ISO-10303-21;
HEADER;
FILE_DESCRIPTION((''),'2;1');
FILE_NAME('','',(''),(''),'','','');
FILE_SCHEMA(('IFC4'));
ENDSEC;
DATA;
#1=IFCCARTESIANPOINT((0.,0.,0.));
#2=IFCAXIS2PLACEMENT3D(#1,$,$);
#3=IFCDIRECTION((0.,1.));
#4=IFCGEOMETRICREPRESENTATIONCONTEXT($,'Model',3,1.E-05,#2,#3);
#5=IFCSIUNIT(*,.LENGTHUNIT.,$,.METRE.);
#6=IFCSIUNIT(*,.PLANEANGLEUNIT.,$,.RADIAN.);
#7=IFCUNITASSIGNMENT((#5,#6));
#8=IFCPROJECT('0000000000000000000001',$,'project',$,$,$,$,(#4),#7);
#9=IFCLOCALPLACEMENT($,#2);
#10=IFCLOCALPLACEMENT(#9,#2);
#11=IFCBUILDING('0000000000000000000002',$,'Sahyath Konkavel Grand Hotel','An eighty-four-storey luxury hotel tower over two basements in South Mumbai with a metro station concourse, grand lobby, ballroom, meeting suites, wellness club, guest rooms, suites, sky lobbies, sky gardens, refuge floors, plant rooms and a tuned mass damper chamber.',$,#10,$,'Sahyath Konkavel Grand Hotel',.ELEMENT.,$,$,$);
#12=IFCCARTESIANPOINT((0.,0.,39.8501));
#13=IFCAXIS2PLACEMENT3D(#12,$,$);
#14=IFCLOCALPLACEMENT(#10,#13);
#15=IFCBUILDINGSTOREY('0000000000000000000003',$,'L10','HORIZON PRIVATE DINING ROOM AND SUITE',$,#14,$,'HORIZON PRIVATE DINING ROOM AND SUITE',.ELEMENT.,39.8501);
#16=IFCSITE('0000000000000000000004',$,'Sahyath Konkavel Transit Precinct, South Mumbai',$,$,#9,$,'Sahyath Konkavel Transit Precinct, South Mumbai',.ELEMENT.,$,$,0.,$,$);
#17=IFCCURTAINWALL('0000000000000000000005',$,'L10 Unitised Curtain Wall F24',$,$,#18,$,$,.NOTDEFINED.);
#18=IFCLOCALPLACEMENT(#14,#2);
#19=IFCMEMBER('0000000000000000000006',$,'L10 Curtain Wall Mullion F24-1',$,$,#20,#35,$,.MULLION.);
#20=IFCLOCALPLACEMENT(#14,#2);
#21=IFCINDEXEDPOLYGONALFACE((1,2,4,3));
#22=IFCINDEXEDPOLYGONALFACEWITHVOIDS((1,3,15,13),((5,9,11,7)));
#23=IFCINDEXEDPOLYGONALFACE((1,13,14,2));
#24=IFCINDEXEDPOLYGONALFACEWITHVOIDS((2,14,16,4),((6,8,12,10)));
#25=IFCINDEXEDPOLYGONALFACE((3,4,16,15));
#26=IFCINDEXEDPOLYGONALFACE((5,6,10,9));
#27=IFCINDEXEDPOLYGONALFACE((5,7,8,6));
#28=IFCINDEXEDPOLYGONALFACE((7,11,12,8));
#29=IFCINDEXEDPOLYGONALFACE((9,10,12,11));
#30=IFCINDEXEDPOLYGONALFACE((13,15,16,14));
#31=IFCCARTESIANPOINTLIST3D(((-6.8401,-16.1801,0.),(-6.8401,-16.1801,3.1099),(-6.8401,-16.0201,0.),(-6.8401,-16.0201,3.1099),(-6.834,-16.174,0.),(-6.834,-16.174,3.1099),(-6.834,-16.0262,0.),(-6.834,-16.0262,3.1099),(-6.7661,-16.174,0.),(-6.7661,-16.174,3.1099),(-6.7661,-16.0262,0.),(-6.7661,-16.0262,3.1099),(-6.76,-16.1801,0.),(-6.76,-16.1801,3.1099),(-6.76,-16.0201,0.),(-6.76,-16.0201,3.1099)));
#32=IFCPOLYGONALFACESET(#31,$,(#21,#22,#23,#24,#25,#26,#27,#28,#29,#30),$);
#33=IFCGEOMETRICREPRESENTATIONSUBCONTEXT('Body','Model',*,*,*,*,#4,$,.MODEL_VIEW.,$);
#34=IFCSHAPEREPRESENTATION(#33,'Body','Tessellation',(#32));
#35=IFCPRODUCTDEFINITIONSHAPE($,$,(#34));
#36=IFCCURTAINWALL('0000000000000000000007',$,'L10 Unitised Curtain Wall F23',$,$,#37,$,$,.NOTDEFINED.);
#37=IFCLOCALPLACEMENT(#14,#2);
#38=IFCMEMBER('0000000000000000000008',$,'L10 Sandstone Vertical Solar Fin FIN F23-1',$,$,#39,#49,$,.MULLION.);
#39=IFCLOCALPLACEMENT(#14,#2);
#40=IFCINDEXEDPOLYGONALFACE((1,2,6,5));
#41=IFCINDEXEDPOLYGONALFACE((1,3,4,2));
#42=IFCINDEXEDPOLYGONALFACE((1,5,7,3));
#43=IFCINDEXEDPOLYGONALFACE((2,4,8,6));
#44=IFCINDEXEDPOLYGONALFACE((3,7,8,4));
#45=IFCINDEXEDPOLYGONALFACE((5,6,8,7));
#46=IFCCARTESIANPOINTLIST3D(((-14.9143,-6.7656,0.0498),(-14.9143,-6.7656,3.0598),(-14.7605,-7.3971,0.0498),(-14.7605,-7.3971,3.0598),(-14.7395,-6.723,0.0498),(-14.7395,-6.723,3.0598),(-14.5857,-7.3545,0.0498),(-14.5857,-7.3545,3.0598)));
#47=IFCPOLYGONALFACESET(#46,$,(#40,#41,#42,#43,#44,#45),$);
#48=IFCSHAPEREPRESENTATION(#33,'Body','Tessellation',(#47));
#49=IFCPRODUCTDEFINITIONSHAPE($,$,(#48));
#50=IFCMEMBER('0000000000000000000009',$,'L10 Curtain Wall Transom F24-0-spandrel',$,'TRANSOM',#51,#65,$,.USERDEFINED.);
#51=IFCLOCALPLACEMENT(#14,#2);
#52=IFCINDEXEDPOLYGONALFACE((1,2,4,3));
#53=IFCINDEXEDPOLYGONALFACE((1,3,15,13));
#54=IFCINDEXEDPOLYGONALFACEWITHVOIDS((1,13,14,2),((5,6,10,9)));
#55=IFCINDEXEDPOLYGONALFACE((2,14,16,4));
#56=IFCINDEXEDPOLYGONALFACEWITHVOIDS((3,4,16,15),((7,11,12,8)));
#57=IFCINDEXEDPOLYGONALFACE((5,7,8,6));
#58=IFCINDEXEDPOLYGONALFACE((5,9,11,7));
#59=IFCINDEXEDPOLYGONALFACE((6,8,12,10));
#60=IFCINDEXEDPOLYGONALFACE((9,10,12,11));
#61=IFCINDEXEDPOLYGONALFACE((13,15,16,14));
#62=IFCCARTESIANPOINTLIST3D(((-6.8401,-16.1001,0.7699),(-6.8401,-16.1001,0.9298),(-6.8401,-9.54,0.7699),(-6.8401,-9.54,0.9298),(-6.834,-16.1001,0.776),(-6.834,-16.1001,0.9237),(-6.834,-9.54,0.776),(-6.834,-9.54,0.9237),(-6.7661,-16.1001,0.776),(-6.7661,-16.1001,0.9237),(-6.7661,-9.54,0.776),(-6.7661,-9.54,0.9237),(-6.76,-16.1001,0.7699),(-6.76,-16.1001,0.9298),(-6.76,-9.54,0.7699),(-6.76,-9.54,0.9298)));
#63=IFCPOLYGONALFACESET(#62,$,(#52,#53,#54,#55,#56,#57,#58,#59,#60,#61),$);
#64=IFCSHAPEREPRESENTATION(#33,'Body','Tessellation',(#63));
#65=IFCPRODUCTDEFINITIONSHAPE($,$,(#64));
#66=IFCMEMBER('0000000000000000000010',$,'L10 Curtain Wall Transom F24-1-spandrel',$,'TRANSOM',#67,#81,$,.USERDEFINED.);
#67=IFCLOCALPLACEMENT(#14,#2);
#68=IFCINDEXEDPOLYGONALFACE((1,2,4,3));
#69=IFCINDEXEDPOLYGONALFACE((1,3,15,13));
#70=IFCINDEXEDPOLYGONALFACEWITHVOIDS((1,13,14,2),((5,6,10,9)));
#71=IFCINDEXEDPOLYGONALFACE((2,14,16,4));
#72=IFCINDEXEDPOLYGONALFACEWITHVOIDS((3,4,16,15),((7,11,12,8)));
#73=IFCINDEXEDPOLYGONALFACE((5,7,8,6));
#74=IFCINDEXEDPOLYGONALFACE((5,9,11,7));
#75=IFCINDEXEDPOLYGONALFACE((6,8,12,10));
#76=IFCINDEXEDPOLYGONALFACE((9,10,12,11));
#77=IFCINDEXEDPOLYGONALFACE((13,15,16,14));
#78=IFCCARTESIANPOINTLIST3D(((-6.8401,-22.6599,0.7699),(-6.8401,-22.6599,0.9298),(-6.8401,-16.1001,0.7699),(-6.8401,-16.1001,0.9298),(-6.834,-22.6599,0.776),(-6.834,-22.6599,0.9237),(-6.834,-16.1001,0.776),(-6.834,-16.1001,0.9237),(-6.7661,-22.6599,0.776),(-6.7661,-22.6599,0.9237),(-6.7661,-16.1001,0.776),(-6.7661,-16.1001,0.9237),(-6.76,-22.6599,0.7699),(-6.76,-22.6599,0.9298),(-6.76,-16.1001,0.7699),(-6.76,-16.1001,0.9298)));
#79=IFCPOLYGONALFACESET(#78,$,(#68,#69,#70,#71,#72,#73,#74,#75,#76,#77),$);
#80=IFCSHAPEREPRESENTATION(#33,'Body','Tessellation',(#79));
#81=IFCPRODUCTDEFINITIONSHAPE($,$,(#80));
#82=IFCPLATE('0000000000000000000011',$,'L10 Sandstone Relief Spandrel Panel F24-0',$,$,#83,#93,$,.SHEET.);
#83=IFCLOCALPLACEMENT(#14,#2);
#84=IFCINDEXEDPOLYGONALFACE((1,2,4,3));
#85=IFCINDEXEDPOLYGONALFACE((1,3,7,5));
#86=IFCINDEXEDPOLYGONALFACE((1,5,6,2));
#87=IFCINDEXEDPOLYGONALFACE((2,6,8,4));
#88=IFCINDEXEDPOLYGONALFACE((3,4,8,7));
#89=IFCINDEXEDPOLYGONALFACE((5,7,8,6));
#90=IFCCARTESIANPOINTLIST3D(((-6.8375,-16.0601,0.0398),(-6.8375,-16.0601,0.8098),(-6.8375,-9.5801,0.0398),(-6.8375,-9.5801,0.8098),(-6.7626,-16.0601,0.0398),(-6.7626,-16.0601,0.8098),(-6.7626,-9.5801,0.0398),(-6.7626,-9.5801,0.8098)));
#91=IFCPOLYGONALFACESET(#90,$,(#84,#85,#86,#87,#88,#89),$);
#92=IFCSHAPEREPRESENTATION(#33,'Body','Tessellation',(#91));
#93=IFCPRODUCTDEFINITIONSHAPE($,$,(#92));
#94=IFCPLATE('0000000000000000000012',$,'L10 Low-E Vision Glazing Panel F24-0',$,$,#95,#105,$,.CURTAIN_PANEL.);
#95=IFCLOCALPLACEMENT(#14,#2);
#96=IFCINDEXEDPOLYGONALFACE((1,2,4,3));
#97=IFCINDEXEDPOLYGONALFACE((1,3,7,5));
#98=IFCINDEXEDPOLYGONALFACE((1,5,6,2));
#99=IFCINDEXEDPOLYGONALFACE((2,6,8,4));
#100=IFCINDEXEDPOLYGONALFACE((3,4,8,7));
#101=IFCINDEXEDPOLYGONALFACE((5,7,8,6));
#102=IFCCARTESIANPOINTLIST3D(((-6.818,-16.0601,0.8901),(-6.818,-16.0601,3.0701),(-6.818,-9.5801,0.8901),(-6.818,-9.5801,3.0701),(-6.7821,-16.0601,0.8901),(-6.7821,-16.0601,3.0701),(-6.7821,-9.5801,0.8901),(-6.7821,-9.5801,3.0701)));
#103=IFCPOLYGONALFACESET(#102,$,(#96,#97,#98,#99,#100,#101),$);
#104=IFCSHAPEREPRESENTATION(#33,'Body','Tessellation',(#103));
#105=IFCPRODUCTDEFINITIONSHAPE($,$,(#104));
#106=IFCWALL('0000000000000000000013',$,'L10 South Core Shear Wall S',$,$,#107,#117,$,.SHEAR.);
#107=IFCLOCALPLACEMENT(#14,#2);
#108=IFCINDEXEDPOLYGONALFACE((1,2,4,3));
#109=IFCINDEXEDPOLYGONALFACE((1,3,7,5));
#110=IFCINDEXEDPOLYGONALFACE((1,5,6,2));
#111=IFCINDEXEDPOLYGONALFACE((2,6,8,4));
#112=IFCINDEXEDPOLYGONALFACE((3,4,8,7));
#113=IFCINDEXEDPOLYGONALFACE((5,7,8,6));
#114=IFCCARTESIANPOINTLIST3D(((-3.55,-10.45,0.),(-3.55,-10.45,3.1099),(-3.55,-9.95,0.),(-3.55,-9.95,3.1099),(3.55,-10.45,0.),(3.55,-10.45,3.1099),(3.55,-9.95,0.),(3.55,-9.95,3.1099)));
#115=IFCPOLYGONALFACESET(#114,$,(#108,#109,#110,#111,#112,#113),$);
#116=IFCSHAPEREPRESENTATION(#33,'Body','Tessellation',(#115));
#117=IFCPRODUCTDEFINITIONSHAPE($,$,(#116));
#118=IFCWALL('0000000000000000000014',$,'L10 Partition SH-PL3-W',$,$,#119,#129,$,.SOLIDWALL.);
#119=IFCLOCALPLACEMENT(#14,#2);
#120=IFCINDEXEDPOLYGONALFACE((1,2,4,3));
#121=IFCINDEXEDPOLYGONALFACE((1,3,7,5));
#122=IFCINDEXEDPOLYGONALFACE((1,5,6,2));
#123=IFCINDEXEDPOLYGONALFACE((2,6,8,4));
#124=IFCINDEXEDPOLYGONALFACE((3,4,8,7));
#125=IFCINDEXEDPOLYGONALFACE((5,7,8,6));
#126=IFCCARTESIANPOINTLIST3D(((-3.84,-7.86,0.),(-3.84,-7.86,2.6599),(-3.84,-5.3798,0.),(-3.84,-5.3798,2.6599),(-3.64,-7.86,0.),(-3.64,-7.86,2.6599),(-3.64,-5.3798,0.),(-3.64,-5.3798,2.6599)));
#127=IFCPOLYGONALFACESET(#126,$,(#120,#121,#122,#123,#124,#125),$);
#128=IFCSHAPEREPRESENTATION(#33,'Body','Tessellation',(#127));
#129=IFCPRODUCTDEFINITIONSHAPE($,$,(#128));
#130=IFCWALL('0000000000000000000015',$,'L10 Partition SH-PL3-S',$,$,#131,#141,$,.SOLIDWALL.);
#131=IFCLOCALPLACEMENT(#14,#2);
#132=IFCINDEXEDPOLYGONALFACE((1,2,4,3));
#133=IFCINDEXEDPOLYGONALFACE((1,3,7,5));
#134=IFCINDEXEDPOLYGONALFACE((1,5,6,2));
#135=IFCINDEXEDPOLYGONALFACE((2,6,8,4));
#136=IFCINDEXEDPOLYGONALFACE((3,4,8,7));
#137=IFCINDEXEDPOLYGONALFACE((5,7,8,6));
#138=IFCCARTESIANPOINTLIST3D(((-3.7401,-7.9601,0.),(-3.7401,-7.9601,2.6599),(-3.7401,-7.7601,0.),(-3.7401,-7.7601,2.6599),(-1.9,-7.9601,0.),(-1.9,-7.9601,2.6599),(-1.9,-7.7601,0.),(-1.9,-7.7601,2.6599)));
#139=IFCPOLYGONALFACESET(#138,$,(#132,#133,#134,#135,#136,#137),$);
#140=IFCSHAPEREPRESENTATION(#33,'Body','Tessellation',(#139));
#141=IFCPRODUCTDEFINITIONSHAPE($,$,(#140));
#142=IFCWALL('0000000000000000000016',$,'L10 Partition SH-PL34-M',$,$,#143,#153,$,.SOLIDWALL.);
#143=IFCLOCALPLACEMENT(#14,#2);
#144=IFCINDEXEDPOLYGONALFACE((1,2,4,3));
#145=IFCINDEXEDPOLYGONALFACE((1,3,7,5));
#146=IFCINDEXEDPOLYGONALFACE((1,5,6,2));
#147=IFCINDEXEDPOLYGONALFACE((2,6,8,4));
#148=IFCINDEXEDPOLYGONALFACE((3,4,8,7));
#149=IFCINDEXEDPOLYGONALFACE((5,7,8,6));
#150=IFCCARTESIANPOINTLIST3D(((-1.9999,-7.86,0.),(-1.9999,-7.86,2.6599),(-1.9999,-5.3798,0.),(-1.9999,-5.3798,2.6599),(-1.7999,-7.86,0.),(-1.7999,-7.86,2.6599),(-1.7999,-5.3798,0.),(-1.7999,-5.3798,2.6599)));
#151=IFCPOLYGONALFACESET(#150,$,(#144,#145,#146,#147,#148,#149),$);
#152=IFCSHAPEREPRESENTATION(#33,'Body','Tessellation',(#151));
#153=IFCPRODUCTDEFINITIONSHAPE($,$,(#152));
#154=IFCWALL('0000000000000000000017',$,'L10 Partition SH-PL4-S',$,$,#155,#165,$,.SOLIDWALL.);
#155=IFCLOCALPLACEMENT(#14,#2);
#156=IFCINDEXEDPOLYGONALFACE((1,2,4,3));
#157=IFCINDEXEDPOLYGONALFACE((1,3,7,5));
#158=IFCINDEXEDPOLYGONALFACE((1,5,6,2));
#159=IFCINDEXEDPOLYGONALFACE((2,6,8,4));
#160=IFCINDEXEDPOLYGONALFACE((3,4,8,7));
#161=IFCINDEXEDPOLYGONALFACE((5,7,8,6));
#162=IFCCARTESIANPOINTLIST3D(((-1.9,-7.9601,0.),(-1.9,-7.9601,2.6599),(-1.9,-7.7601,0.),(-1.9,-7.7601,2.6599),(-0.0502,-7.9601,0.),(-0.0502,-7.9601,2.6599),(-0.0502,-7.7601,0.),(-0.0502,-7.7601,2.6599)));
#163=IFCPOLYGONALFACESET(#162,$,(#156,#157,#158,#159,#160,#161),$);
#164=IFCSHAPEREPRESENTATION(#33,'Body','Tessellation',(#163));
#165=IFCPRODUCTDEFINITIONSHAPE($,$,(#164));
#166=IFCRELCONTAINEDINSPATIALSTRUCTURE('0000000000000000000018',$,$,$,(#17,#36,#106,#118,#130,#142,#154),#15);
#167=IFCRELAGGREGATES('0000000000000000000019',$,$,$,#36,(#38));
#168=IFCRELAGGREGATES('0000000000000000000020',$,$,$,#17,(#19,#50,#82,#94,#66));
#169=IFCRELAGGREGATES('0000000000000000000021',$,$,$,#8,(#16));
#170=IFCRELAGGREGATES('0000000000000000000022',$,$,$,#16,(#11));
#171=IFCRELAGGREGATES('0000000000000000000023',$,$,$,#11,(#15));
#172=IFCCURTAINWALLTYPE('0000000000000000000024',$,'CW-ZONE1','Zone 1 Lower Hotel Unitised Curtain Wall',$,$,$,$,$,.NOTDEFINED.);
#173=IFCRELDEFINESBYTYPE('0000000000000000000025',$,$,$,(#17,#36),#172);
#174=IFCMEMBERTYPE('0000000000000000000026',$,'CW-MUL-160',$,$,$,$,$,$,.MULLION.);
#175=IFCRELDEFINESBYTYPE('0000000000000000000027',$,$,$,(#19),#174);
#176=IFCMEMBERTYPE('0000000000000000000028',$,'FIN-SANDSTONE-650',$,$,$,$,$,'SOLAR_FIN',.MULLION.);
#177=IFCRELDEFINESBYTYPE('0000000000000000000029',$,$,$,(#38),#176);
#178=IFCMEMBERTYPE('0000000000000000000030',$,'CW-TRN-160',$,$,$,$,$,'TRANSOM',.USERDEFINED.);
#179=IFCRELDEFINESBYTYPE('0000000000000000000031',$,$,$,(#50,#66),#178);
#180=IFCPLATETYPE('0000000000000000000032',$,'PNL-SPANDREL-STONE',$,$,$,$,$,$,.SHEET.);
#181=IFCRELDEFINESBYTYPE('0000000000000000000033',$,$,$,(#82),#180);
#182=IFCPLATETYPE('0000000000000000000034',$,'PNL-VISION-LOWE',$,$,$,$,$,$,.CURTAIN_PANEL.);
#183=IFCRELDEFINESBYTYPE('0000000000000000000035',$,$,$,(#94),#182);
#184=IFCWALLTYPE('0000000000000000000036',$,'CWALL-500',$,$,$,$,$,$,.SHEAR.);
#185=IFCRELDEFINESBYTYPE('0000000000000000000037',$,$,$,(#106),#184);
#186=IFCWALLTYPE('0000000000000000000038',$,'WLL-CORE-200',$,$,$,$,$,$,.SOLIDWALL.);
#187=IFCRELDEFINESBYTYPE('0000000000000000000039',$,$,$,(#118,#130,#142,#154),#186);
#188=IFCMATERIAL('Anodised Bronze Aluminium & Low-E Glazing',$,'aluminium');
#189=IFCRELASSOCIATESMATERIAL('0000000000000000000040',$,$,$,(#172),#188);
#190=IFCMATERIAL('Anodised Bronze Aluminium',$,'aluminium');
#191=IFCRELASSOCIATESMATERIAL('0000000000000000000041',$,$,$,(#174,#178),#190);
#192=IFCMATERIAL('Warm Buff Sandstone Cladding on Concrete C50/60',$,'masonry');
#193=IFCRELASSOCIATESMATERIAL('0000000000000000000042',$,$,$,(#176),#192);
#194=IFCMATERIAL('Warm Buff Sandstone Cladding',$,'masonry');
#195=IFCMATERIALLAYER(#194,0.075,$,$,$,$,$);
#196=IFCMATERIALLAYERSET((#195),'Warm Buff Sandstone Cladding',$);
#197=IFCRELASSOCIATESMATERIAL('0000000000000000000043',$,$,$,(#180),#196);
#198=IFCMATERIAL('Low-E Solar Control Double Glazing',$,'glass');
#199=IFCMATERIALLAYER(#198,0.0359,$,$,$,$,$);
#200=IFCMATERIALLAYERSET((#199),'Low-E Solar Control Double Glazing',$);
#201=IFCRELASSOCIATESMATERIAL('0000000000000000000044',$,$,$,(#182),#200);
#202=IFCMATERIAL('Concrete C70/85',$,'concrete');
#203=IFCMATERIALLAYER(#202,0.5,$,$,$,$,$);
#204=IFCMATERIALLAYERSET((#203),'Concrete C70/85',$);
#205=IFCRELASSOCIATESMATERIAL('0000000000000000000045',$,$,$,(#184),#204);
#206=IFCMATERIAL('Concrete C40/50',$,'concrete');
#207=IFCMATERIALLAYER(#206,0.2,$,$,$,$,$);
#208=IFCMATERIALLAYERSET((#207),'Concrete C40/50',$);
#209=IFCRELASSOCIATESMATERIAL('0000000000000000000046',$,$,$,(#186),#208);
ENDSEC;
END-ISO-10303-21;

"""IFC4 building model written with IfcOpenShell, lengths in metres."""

from ifc_helpers import new_model, si_unit, direction, frame, frame_2d, origin, origin_2d, place, context, subcontext, project, spatial, rectangle, hollow_rectangle, extrude, source, transform, mapped, material, layer, layer_set, material_profile, profile_set, type_object, element, aggregate, save


model = new_model("IFC4")

# Units and contexts
model_context = context("Model", 3, precision=1e-05, world=origin(), true_north=direction((0.0, 1.0)))
body_context = subcontext(model_context, "Body", "Model", "MODEL_VIEW")
ifc_project = project(units=[si_unit("LENGTHUNIT", "METRE"), si_unit("PLANEANGLEUNIT", "RADIAN")], contexts=[model_context])

# Site, building, storey
site_placement = place(None, origin())
site = spatial("IfcSite", under=ifc_project, at=site_placement, Name="Sahyath Konkavel Transit Precinct, South Mumbai", LongName="Sahyath Konkavel Transit Precinct, South Mumbai", CompositionType="ELEMENT", RefElevation=0.0)
building_placement = place(site_placement, origin())
building = spatial("IfcBuilding", under=site, at=building_placement, Name="Sahyath Konkavel Grand Hotel", Description="An eighty-four-storey luxury hotel tower over two basements in South Mumbai with a metro station concourse, grand lobby, ballroom, meeting suites, wellness club, guest rooms, suites, sky lobbies, sky gardens, refuge floors, plant rooms and a tuned mass damper chamber.", LongName="Sahyath Konkavel Grand Hotel", CompositionType="ELEMENT")
storey_placement = place(building_placement, frame((0.0, 0.0, 39.8501)))
storey = spatial("IfcBuildingStorey", under=building, at=storey_placement, Name="L10", Description="HORIZON PRIVATE DINING ROOM AND SUITE", LongName="HORIZON PRIVATE DINING ROOM AND SUITE", CompositionType="ELEMENT", Elevation=39.8501)

# Shared definitions
ifc_material_1 = material(Name="Concrete C70/85", Category="concrete")

# Curtain wall, member
ifc_material_2 = material(Name="Anodised Bronze Aluminium & Low-E Glazing", Category="aluminium")
curtain_wall_type = type_object("IfcCurtainWallType", Name="CW-ZONE1", Description="Zone 1 Lower Hotel Unitised Curtain Wall", PredefinedType="NOTDEFINED", material=ifc_material_2)
curtain_wall_1_placement = place(storey_placement, origin())
curtain_wall_1 = element("IfcCurtainWall", 1, at=curtain_wall_1_placement, inside=storey, type_object=curtain_wall_type, Name="L10 Unitised Curtain Wall F24", PredefinedType="NOTDEFINED")
ifc_material_3 = material(Name="Anodised Bronze Aluminium", Category="aluminium")
ifc_material_profile_1 = material_profile(ifc_material_3, hollow_rectangle(XDim=0.0801, YDim=0.1599, WallThickness=0.0061, at=origin_2d()), Name="RHS 160x80x6")
ifc_profile_set_1 = profile_set([ifc_material_profile_1], Name="Anodised Bronze Aluminium")
member_type_1 = type_object("IfcMemberType", Name="CW-MUL-160", PredefinedType="MULLION", material=ifc_profile_set_1)
shared_shape_1 = source(origin(), body_context, "Body", "SweptSolid", [
    extrude(hollow_rectangle(XDim=0.0801, YDim=0.1599, WallThickness=0.0061, at=origin_2d()), origin(), (0.0, 0.0, 1.0), 3.1099),
])
member_1_placement = place(storey_placement, frame((-6.8, -16.1001, 0.0), z_axis=(0.0, 0.0, 1.0), x_axis=(1.0, 0.0, 0.0)))
member_1 = element("IfcMember", 2, at=member_1_placement, type_object=member_type_1, Name="L10 Curtain Wall Mullion F24-1", PredefinedType="MULLION", context=body_context, shape_type="MappedRepresentation", body=[
    mapped(shared_shape_1, transform((0.0, 0.0, 0.0), scale=1.0)),
])

# Curtain wall, member
curtain_wall_2_placement = place(storey_placement, origin())
curtain_wall_2 = element("IfcCurtainWall", 3, at=curtain_wall_2_placement, inside=storey, type_object=curtain_wall_type, Name="L10 Unitised Curtain Wall F23", PredefinedType="NOTDEFINED")
ifc_material_4 = material(Name="Warm Buff Sandstone Cladding on Concrete C50/60", Category="masonry")
ifc_material_profile_2 = material_profile(ifc_material_4, rectangle(XDim=0.1799, YDim=0.6499, at=origin_2d()), Name="FIN 180x650")
ifc_profile_set_2 = profile_set([ifc_material_profile_2], Name="Warm Buff Sandstone Cladding on Concrete C50/60")
member_type_2 = type_object("IfcMemberType", Name="FIN-SANDSTONE-650", ElementType="SOLAR_FIN", PredefinedType="MULLION", material=ifc_profile_set_2)
shared_shape_2 = source(origin(), body_context, "Body", "SweptSolid", [
    extrude(rectangle(XDim=0.1799, YDim=0.6499, at=origin_2d()), origin(), (0.0, 0.0, 1.0), 3.01),
])
member_2_placement = place(storey_placement, frame((-14.75, -7.0601, 0.0498), z_axis=(0.0, 0.0, 1.0), x_axis=(0.97159, 0.236669, 0.0)))
member_2 = element("IfcMember", 4, at=member_2_placement, type_object=member_type_2, Name="L10 Sandstone Vertical Solar Fin FIN F23-1", PredefinedType="MULLION", context=body_context, shape_type="MappedRepresentation", body=[
    mapped(shared_shape_2, transform((0.0, 0.0, 0.0), scale=1.0)),
])
aggregate(curtain_wall_2, [member_2])

# Members
ifc_material_profile_3 = material_profile(ifc_material_3, hollow_rectangle(XDim=0.0801, YDim=0.1599, WallThickness=0.0061, at=origin_2d()), Name="RHS 160x80x6")
ifc_profile_set_3 = profile_set([ifc_material_profile_3], Name="Anodised Bronze Aluminium")
member_type_3 = type_object("IfcMemberType", Name="CW-TRN-160", ElementType="TRANSOM", PredefinedType="USERDEFINED", material=ifc_profile_set_3)
shared_shape_3 = source(origin(), body_context, "Body", "SweptSolid", [
    extrude(hollow_rectangle(XDim=0.0801, YDim=0.1599, WallThickness=0.0061, at=origin_2d()), origin(), (0.0, 0.0, 1.0), 6.5601),
])
member_3_placement = place(storey_placement, frame((-6.8, -9.54, 0.8499), z_axis=(0.0, -1.0, 0.0), x_axis=(1.0, 0.0, 0.0)))
member_3 = element("IfcMember", 5, at=member_3_placement, type_object=member_type_3, Name="L10 Curtain Wall Transom F24-0-spandrel", ObjectType="TRANSOM", PredefinedType="USERDEFINED", context=body_context, shape_type="MappedRepresentation", body=[
    mapped(shared_shape_3, transform((0.0, 0.0, 0.0), scale=1.0)),
])
shared_shape_4 = source(origin(), body_context, "Body", "SweptSolid", [
    extrude(hollow_rectangle(XDim=0.0801, YDim=0.1599, WallThickness=0.0061, at=origin_2d()), origin(), (0.0, 0.0, 1.0), 6.5598),
])
member_4_placement = place(storey_placement, frame((-6.8, -16.1001, 0.8499), z_axis=(0.0, -1.0, 0.0), x_axis=(1.0, 0.0, 0.0)))
member_4 = element("IfcMember", 6, at=member_4_placement, type_object=member_type_3, Name="L10 Curtain Wall Transom F24-1-spandrel", ObjectType="TRANSOM", PredefinedType="USERDEFINED", context=body_context, shape_type="MappedRepresentation", body=[
    mapped(shared_shape_4, transform((0.0, 0.0, 0.0), scale=1.0)),
])

# Plates
ifc_material_5 = material(Name="Warm Buff Sandstone Cladding", Category="masonry")
ifc_layer_1 = layer(ifc_material_5, 0.075)
ifc_layer_set_1 = layer_set([ifc_layer_1], Name="Warm Buff Sandstone Cladding")
plate_type_1 = type_object("IfcPlateType", Name="PNL-SPANDREL-STONE", PredefinedType="SHEET", material=ifc_layer_set_1)
shared_shape_5 = source(origin(), body_context, "Body", "SweptSolid", [
    extrude(rectangle(XDim=6.48, YDim=0.075, at=origin_2d()), origin(), (0.0, 0.0, 1.0), 0.77),
])
plate_1_placement = place(storey_placement, frame((-6.8, -12.8201, 0.0398), z_axis=(0.0, 0.0, 1.0), x_axis=(0.0, -1.0, 0.0)))
plate_1 = element("IfcPlate", 7, at=plate_1_placement, type_object=plate_type_1, Name="L10 Sandstone Relief Spandrel Panel F24-0", PredefinedType="SHEET", context=body_context, shape_type="MappedRepresentation", body=[
    mapped(shared_shape_5, transform((0.0, 0.0, 0.0), scale=1.0)),
])
ifc_material_6 = material(Name="Low-E Solar Control Double Glazing", Category="glass")
ifc_layer_2 = layer(ifc_material_6, 0.0359)
ifc_layer_set_2 = layer_set([ifc_layer_2], Name="Low-E Solar Control Double Glazing")
plate_type_2 = type_object("IfcPlateType", Name="PNL-VISION-LOWE", PredefinedType="CURTAIN_PANEL", material=ifc_layer_set_2)
shared_shape_6 = source(origin(), body_context, "Body", "SweptSolid", [
    extrude(rectangle(XDim=6.48, YDim=0.0359, at=origin_2d()), origin(), (0.0, 0.0, 1.0), 2.1799),
])
plate_2_placement = place(storey_placement, frame((-6.8, -12.8201, 0.8901), z_axis=(0.0, 0.0, 1.0), x_axis=(0.0, -1.0, 0.0)))
plate_2 = element("IfcPlate", 8, at=plate_2_placement, type_object=plate_type_2, Name="L10 Low-E Vision Glazing Panel F24-0", PredefinedType="CURTAIN_PANEL", context=body_context, shape_type="MappedRepresentation", body=[
    mapped(shared_shape_6, transform((0.0, 0.0, 0.0), scale=1.0)),
])
aggregate(curtain_wall_1, [member_1, member_3, plate_1, plate_2, member_4])

# Walls
ifc_layer_3 = layer(ifc_material_1, 0.5)
ifc_layer_set_3 = layer_set([ifc_layer_3], Name="Concrete C70/85")
wall_type_1 = type_object("IfcWallType", Name="CWALL-500", PredefinedType="SHEAR", material=ifc_layer_set_3)
wall_1_placement = place(storey_placement, frame((-3.55, -10.2, 0.0), z_axis=(0.0, 0.0, 1.0), x_axis=(1.0, 0.0, 0.0)))
element("IfcWall", 9, at=wall_1_placement, inside=storey, type_object=wall_type_1, Name="L10 South Core Shear Wall S", PredefinedType="SHEAR", context=body_context, shape_type="SweptSolid", body=[
    extrude(rectangle(XDim=7.1001, YDim=0.5, at=frame_2d((3.55, 0.0))), origin(), (0.0, 0.0, 1.0), 3.1099),
])
ifc_material_7 = material(Name="Concrete C40/50", Category="concrete")
ifc_layer_4 = layer(ifc_material_7, 0.2)
ifc_layer_set_4 = layer_set([ifc_layer_4], Name="Concrete C40/50")
wall_type_2 = type_object("IfcWallType", Name="WLL-CORE-200", PredefinedType="SOLIDWALL", material=ifc_layer_set_4)
wall_2_placement = place(storey_placement, frame((-3.74, -7.8601, 0.0), z_axis=(0.0, 0.0, 1.0), x_axis=(0.0, 1.0, 0.0)))
element("IfcWall", 10, at=wall_2_placement, inside=storey, type_object=wall_type_2, Name="L10 Partition SH-PL3-W", PredefinedType="SOLIDWALL", context=body_context, shape_type="SweptSolid", body=[
    extrude(rectangle(XDim=2.4802, YDim=0.2, at=frame_2d((1.2402, 0.0))), origin(), (0.0, 0.0, 1.0), 2.6599),
])
wall_3_placement = place(storey_placement, frame((-3.74, -7.8601, 0.0), z_axis=(0.0, 0.0, 1.0), x_axis=(1.0, 0.0, 0.0)))
element("IfcWall", 11, at=wall_3_placement, inside=storey, type_object=wall_type_2, Name="L10 Partition SH-PL3-S", PredefinedType="SOLIDWALL", context=body_context, shape_type="SweptSolid", body=[
    extrude(rectangle(XDim=1.8401, YDim=0.2, at=frame_2d((0.9199, 0.0))), origin(), (0.0, 0.0, 1.0), 2.6599),
])
wall_4_placement = place(storey_placement, frame((-1.8999, -7.8601, 0.0), z_axis=(0.0, 0.0, 1.0), x_axis=(0.0, 1.0, 0.0)))
element("IfcWall", 12, at=wall_4_placement, inside=storey, type_object=wall_type_2, Name="L10 Partition SH-PL34-M", PredefinedType="SOLIDWALL", context=body_context, shape_type="SweptSolid", body=[
    extrude(rectangle(XDim=2.4802, YDim=0.2, at=frame_2d((1.2402, 0.0))), origin(), (0.0, 0.0, 1.0), 2.6599),
])
wall_5_placement = place(storey_placement, frame((-1.8999, -7.8601, 0.0), z_axis=(0.0, 0.0, 1.0), x_axis=(1.0, 0.0, 0.0)))
element("IfcWall", 13, at=wall_5_placement, inside=storey, type_object=wall_type_2, Name="L10 Partition SH-PL4-S", PredefinedType="SOLIDWALL", context=body_context, shape_type="SweptSolid", body=[
    extrude(rectangle(XDim=1.8499, YDim=0.2, at=frame_2d((0.9248, 0.0))), origin(), (0.0, 0.0, 1.0), 2.6599),
])

save(model, "model.ifc")
